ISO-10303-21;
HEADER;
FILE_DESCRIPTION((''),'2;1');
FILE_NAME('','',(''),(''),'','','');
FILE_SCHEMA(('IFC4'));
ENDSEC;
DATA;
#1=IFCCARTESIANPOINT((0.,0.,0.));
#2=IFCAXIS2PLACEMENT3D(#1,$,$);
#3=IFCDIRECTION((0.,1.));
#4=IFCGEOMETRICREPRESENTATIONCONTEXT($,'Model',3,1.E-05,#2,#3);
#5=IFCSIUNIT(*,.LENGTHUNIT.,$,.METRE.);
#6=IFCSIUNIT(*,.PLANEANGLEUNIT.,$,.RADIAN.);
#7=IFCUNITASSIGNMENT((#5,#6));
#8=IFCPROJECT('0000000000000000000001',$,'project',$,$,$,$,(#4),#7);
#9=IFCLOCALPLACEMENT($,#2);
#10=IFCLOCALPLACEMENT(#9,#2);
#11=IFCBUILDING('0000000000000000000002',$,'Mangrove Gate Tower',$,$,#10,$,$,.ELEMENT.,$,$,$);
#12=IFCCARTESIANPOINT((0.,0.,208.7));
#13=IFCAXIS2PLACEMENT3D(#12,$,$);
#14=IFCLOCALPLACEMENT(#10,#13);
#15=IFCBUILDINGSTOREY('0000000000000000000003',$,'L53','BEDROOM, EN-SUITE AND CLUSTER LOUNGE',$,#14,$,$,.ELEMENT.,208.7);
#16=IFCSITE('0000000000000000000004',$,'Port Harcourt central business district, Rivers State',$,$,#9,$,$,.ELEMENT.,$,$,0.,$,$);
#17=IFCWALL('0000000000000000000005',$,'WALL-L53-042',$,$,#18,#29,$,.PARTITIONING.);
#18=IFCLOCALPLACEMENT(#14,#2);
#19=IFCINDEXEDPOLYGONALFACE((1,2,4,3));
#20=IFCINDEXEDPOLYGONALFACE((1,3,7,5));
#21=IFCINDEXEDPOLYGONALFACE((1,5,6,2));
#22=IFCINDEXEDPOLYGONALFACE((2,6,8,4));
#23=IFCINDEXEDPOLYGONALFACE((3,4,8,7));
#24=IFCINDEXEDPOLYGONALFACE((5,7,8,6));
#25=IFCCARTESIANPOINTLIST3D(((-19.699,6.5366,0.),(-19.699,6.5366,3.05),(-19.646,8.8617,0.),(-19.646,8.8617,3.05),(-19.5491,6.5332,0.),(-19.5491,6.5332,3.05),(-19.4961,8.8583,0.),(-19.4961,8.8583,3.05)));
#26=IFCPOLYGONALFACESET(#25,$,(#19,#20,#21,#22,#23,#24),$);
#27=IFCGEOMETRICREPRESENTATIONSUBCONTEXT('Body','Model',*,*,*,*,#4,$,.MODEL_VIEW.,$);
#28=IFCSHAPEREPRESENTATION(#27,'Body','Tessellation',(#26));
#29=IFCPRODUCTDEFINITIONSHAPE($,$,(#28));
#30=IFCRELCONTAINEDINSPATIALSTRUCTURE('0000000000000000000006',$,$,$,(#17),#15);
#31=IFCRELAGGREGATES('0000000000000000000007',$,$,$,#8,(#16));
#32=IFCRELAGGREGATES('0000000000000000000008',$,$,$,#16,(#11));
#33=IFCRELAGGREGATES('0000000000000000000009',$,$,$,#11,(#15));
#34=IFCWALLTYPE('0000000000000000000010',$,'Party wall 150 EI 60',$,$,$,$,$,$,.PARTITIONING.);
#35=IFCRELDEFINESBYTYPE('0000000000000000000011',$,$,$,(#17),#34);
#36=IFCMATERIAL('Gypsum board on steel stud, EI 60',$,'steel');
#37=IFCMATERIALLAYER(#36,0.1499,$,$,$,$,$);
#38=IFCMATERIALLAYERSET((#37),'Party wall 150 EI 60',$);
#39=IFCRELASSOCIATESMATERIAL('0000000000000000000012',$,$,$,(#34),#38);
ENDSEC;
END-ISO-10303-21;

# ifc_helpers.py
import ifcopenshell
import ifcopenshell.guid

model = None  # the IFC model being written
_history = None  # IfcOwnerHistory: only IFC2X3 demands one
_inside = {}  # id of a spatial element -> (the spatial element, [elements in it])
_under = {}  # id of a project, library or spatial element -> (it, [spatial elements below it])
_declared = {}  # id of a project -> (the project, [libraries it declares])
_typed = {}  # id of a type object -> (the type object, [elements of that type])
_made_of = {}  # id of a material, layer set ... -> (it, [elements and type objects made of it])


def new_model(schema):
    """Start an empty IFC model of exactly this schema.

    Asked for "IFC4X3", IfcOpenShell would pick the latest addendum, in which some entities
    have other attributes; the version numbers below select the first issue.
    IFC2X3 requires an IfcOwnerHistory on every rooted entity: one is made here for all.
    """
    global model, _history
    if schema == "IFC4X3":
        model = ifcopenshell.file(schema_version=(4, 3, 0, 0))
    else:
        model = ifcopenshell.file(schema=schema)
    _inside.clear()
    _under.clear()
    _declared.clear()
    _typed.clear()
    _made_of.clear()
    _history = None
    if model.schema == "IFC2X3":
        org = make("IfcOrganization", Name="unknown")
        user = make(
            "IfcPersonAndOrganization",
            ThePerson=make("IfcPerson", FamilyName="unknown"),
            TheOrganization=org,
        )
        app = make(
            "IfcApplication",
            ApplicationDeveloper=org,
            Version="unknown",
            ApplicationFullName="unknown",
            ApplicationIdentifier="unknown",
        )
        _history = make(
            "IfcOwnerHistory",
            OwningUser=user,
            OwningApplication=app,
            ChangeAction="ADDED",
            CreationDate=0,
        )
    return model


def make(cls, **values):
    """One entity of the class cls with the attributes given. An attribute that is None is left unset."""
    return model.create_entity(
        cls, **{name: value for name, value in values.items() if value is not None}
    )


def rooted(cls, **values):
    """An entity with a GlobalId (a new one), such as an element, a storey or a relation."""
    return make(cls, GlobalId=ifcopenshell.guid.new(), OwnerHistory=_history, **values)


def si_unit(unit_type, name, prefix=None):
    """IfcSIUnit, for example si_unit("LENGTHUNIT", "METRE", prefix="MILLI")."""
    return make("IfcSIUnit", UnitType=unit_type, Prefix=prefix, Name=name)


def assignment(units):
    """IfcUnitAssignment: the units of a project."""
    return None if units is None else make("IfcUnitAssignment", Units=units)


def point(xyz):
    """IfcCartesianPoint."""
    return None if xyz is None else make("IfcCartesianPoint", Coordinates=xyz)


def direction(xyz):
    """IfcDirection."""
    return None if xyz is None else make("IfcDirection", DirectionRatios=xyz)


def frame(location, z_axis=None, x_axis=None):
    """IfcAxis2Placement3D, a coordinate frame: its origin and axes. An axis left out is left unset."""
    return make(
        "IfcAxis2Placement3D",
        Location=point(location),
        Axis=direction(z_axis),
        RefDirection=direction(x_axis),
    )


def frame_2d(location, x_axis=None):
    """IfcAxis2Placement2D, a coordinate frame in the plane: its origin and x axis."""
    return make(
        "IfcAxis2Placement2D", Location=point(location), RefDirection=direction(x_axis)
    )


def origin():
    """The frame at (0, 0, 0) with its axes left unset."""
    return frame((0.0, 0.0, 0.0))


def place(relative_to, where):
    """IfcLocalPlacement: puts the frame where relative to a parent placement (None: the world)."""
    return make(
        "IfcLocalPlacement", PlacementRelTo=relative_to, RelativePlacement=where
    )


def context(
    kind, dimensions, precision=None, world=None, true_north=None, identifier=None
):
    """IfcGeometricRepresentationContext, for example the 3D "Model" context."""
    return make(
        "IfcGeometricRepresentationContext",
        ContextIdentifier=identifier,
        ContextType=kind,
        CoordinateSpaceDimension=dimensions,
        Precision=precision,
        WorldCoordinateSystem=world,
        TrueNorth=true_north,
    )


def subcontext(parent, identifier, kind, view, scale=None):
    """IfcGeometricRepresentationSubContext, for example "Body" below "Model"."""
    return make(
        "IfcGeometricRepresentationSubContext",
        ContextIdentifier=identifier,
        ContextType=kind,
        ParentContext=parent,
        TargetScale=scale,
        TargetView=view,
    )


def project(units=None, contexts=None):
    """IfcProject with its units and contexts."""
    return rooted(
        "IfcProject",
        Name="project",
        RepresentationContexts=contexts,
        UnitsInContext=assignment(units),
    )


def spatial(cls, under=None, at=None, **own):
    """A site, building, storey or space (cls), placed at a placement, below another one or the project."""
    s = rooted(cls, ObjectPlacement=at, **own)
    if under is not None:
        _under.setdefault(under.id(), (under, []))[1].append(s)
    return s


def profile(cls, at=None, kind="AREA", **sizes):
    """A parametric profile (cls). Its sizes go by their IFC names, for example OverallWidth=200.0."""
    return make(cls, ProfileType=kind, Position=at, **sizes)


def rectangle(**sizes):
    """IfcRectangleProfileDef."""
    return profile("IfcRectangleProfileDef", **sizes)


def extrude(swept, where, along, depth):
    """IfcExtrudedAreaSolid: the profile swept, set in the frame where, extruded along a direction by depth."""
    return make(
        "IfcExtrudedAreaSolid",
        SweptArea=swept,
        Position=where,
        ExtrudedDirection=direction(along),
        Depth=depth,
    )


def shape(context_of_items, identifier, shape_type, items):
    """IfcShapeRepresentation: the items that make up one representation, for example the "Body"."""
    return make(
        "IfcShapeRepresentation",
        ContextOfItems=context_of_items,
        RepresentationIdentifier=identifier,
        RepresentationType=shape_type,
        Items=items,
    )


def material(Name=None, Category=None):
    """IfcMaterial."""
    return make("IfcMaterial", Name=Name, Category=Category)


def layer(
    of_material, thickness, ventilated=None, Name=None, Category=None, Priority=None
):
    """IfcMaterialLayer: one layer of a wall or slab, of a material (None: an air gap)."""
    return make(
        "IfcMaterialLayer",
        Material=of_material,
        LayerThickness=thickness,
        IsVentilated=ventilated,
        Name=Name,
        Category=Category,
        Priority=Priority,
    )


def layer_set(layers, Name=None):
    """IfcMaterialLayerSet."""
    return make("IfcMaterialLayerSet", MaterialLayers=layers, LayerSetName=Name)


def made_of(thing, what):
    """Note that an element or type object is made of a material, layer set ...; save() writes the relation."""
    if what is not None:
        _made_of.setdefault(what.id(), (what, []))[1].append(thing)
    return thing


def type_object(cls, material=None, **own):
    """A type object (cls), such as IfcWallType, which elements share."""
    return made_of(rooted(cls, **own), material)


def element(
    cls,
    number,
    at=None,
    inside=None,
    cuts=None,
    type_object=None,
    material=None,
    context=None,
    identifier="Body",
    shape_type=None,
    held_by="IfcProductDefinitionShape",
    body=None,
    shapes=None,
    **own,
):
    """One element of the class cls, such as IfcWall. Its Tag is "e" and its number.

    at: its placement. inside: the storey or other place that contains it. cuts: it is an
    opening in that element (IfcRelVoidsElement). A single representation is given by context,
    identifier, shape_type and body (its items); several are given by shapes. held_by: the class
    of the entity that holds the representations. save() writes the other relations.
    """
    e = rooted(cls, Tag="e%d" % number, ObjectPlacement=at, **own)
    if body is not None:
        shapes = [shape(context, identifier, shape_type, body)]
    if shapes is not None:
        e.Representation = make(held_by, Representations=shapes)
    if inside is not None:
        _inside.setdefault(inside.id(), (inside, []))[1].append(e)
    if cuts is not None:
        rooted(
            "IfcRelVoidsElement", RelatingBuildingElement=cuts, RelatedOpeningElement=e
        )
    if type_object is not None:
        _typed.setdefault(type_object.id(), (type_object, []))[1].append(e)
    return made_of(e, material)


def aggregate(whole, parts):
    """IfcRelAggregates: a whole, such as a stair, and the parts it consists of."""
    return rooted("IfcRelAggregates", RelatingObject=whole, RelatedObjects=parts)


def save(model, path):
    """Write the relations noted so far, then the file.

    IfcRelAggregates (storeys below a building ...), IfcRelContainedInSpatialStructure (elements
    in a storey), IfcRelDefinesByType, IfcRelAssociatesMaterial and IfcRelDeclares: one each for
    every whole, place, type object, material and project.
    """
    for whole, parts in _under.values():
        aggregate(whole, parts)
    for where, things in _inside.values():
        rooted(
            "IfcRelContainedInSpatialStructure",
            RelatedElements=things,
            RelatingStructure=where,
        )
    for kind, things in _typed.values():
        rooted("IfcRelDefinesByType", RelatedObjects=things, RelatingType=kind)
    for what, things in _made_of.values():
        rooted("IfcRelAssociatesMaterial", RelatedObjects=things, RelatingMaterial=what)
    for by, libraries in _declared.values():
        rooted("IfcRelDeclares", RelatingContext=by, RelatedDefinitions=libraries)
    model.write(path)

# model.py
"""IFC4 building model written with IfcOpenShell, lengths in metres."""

from ifc_helpers import new_model, si_unit, direction, frame, frame_2d, origin, place, context, subcontext, project, spatial, rectangle, extrude, material, layer, layer_set, type_object, element, save


model = new_model("IFC4")

# Units and contexts
model_context = context("Model", 3, precision=1e-05, world=origin(), true_north=direction((0.0, 1.0)))
body_context = subcontext(model_context, "Body", "Model", "MODEL_VIEW")
ifc_project = project(units=[si_unit("LENGTHUNIT", "METRE"), si_unit("PLANEANGLEUNIT", "RADIAN")], contexts=[model_context])

# Site, building, storey
site_placement = place(None, origin())
site = spatial("IfcSite", under=ifc_project, at=site_placement, Name="Port Harcourt central business district, Rivers State", CompositionType="ELEMENT", RefElevation=0.0)
building_placement = place(site_placement, origin())
building = spatial("IfcBuilding", under=site, at=building_placement, Name="Mangrove Gate Tower", CompositionType="ELEMENT")
storey_placement = place(building_placement, frame((0.0, 0.0, 208.7)))
storey = spatial("IfcBuildingStorey", under=building, at=storey_placement, Name="L53", Description="BEDROOM, EN-SUITE AND CLUSTER LOUNGE", CompositionType="ELEMENT", Elevation=208.7)

# Wall
ifc_material_1 = material(Name="Gypsum board on steel stud, EI 60", Category="steel")
ifc_layer_1 = layer(ifc_material_1, 0.1499)
ifc_layer_set_1 = layer_set([ifc_layer_1], Name="Party wall 150 EI 60")
wall_type_1 = type_object("IfcWallType", Name="Party wall 150 EI 60", PredefinedType="PARTITIONING", material=ifc_layer_set_1)
wall_1_placement = place(storey_placement, frame((-19.624, 6.5349, 0.0), z_axis=(0.0, 0.0, 1.0), x_axis=(0.022779, 0.999741, 0.0)))
element("IfcWall", 1, at=wall_1_placement, inside=storey, type_object=wall_type_1, Name="WALL-L53-042", PredefinedType="PARTITIONING", context=body_context, shape_type="SweptSolid", body=[
    extrude(rectangle(XDim=2.3257, YDim=0.1499, at=frame_2d((1.1628, 0.0))), origin(), (0.0, 0.0, 1.0), 3.05),
])

save(model, "model.ifc")
